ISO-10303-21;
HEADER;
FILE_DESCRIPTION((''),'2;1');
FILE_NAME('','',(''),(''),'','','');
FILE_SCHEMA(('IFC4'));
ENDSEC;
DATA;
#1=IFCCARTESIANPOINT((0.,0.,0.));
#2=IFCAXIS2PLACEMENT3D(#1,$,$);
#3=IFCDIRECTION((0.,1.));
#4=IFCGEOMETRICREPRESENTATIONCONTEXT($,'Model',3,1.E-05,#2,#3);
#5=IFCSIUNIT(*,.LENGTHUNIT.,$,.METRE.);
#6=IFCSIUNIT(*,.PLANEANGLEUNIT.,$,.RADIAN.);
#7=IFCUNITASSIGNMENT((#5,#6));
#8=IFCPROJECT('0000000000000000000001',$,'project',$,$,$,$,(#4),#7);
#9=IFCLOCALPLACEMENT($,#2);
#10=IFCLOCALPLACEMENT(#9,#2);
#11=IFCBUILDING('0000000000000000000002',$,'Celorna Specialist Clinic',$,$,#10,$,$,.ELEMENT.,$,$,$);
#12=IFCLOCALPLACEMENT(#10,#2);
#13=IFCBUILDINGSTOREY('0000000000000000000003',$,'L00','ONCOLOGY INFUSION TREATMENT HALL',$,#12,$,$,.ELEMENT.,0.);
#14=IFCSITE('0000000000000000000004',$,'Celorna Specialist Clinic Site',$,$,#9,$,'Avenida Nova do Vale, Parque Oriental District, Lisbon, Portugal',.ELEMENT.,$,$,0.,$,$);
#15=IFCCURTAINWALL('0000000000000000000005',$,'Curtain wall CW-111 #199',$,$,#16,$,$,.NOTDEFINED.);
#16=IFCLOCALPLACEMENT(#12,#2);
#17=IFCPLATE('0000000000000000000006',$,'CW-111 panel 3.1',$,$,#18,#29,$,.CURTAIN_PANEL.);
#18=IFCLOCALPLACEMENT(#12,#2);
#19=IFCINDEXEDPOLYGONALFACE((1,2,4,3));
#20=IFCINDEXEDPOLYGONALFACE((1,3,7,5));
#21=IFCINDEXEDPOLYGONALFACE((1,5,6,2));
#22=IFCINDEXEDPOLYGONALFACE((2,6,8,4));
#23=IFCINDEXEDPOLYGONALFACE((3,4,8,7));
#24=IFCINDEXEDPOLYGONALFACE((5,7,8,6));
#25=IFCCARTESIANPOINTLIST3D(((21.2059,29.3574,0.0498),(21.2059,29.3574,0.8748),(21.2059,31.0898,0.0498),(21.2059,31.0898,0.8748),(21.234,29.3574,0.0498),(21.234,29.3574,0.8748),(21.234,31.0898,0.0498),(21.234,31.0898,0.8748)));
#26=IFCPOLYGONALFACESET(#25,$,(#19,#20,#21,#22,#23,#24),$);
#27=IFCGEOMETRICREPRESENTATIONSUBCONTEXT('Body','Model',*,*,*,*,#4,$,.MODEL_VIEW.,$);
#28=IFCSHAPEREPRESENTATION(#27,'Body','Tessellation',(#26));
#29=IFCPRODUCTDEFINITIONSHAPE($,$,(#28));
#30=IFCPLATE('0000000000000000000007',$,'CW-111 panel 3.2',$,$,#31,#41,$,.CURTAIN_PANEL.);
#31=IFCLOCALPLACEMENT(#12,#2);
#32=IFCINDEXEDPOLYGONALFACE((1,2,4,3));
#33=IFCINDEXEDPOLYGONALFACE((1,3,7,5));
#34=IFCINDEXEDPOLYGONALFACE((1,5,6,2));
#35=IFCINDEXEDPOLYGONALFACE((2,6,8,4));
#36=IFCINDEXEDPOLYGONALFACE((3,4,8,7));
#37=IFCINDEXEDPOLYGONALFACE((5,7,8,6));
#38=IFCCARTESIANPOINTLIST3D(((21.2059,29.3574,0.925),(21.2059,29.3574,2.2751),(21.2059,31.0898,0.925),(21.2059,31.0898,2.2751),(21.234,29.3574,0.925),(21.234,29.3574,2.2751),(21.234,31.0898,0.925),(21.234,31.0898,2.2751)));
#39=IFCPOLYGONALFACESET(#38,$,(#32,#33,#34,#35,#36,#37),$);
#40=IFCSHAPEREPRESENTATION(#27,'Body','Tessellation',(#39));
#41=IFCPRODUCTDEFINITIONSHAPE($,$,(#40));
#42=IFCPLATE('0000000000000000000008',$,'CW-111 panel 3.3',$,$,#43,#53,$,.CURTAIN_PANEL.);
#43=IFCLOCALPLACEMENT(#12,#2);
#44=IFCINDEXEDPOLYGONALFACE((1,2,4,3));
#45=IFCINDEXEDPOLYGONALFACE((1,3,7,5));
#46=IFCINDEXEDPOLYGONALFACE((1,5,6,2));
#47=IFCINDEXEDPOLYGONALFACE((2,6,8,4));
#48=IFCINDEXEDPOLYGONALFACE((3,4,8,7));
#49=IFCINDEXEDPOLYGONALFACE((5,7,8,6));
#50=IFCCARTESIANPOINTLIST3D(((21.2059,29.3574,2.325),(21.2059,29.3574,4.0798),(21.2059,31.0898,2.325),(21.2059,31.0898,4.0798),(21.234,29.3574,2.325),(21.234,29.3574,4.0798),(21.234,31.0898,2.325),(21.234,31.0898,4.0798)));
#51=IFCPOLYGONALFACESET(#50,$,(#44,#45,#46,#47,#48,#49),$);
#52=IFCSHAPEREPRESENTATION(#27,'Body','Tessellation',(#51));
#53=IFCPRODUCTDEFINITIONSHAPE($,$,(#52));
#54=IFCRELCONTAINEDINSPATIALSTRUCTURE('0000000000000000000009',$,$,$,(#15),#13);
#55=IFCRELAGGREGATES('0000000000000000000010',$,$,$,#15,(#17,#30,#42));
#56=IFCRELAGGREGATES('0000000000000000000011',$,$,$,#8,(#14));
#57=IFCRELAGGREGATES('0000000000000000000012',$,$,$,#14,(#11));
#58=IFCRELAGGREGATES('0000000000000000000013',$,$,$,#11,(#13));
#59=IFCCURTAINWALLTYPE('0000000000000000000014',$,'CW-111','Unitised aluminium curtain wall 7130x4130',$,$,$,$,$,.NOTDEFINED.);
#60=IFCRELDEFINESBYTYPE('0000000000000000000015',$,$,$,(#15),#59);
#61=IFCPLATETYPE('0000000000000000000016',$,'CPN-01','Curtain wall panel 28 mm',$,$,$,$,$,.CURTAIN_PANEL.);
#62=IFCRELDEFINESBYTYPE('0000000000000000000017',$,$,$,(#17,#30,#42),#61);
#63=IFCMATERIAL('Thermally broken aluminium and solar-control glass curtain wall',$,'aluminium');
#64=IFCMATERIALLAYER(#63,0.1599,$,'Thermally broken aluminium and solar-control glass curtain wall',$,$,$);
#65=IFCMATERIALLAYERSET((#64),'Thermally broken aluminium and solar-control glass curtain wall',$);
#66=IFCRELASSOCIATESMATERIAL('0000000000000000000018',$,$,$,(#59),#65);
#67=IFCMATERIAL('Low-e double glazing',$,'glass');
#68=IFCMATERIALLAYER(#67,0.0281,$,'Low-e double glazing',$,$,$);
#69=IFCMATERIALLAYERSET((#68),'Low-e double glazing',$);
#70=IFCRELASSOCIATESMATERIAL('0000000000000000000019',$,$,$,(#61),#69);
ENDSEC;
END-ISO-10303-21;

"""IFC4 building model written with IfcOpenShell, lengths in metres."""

from ifc_helpers import new_model, si_unit, direction, frame, origin, origin_2d, place, context, subcontext, project, spatial, rectangle, extrude, material, layer, layer_set, type_object, element, aggregate, save


model = new_model("IFC4")

# Units and contexts
model_context = context("Model", 3, precision=1e-05, world=origin(), true_north=direction((0.0, 1.0)))
body_context = subcontext(model_context, "Body", "Model", "MODEL_VIEW")
ifc_project = project(units=[si_unit("LENGTHUNIT", "METRE"), si_unit("PLANEANGLEUNIT", "RADIAN")], contexts=[model_context])

# Site, building, storey
site_placement = place(None, origin())
site = spatial("IfcSite", under=ifc_project, at=site_placement, Name="Celorna Specialist Clinic Site", LongName="Avenida Nova do Vale, Parque Oriental District, Lisbon, Portugal", CompositionType="ELEMENT", RefElevation=0.0)
building_placement = place(site_placement, origin())
building = spatial("IfcBuilding", under=site, at=building_placement, Name="Celorna Specialist Clinic", CompositionType="ELEMENT")
storey_placement = place(building_placement, origin())
storey = spatial("IfcBuildingStorey", under=building, at=storey_placement, Name="L00", Description="ONCOLOGY INFUSION TREATMENT HALL", CompositionType="ELEMENT", Elevation=0.0)

# Curtain wall
ifc_material_1 = material(Name="Thermally broken aluminium and solar-control glass curtain wall", Category="aluminium")
ifc_layer_1 = layer(ifc_material_1, 0.1599, Name="Thermally broken aluminium and solar-control glass curtain wall")
ifc_layer_set_1 = layer_set([ifc_layer_1], Name="Thermally broken aluminium and solar-control glass curtain wall")
curtain_wall_type = type_object("IfcCurtainWallType", Name="CW-111", Description="Unitised aluminium curtain wall 7130x4130", PredefinedType="NOTDEFINED", material=ifc_layer_set_1)
curtain_wall_1_placement = place(storey_placement, origin())
curtain_wall_1 = element("IfcCurtainWall", 1, at=curtain_wall_1_placement, inside=storey, type_object=curtain_wall_type, Name="Curtain wall CW-111 #199", PredefinedType="NOTDEFINED")

# Plates
ifc_material_2 = material(Name="Low-e double glazing", Category="glass")
ifc_layer_2 = layer(ifc_material_2, 0.0281, Name="Low-e double glazing")
ifc_layer_set_2 = layer_set([ifc_layer_2], Name="Low-e double glazing")
plate_type = type_object("IfcPlateType", Name="CPN-01", Description="Curtain wall panel 28 mm", PredefinedType="CURTAIN_PANEL", material=ifc_layer_set_2)
plate_1_placement = place(storey_placement, frame((21.22, 30.2236, 0.0498), z_axis=(0.0, 0.0, 1.0), x_axis=(0.0, -1.0, 0.0)))
plate_1 = element("IfcPlate", 2, at=plate_1_placement, type_object=plate_type, Name="CW-111 panel 3.1", PredefinedType="CURTAIN_PANEL", context=body_context, shape_type="SweptSolid", body=[
    extrude(rectangle(XDim=1.7324, YDim=0.0281, at=origin_2d()), origin(), (0.0, 0.0, 1.0), 0.825),
])
plate_2_placement = place(storey_placement, frame((21.22, 30.2236, 0.925), z_axis=(0.0, 0.0, 1.0), x_axis=(0.0, -1.0, 0.0)))
plate_2 = element("IfcPlate", 3, at=plate_2_placement, type_object=plate_type, Name="CW-111 panel 3.2", PredefinedType="CURTAIN_PANEL", context=body_context, shape_type="SweptSolid", body=[
    extrude(rectangle(XDim=1.7324, YDim=0.0281, at=origin_2d()), origin(), (0.0, 0.0, 1.0), 1.3501),
])
plate_3_placement = place(storey_placement, frame((21.22, 30.2236, 2.325), z_axis=(0.0, 0.0, 1.0), x_axis=(0.0, -1.0, 0.0)))
plate_3 = element("IfcPlate", 4, at=plate_3_placement, type_object=plate_type, Name="CW-111 panel 3.3", PredefinedType="CURTAIN_PANEL", context=body_context, shape_type="SweptSolid", body=[
    extrude(rectangle(XDim=1.7324, YDim=0.0281, at=origin_2d()), origin(), (0.0, 0.0, 1.0), 1.7549),
])
aggregate(curtain_wall_1, [plate_1, plate_2, plate_3])

save(model, "model.ifc")
